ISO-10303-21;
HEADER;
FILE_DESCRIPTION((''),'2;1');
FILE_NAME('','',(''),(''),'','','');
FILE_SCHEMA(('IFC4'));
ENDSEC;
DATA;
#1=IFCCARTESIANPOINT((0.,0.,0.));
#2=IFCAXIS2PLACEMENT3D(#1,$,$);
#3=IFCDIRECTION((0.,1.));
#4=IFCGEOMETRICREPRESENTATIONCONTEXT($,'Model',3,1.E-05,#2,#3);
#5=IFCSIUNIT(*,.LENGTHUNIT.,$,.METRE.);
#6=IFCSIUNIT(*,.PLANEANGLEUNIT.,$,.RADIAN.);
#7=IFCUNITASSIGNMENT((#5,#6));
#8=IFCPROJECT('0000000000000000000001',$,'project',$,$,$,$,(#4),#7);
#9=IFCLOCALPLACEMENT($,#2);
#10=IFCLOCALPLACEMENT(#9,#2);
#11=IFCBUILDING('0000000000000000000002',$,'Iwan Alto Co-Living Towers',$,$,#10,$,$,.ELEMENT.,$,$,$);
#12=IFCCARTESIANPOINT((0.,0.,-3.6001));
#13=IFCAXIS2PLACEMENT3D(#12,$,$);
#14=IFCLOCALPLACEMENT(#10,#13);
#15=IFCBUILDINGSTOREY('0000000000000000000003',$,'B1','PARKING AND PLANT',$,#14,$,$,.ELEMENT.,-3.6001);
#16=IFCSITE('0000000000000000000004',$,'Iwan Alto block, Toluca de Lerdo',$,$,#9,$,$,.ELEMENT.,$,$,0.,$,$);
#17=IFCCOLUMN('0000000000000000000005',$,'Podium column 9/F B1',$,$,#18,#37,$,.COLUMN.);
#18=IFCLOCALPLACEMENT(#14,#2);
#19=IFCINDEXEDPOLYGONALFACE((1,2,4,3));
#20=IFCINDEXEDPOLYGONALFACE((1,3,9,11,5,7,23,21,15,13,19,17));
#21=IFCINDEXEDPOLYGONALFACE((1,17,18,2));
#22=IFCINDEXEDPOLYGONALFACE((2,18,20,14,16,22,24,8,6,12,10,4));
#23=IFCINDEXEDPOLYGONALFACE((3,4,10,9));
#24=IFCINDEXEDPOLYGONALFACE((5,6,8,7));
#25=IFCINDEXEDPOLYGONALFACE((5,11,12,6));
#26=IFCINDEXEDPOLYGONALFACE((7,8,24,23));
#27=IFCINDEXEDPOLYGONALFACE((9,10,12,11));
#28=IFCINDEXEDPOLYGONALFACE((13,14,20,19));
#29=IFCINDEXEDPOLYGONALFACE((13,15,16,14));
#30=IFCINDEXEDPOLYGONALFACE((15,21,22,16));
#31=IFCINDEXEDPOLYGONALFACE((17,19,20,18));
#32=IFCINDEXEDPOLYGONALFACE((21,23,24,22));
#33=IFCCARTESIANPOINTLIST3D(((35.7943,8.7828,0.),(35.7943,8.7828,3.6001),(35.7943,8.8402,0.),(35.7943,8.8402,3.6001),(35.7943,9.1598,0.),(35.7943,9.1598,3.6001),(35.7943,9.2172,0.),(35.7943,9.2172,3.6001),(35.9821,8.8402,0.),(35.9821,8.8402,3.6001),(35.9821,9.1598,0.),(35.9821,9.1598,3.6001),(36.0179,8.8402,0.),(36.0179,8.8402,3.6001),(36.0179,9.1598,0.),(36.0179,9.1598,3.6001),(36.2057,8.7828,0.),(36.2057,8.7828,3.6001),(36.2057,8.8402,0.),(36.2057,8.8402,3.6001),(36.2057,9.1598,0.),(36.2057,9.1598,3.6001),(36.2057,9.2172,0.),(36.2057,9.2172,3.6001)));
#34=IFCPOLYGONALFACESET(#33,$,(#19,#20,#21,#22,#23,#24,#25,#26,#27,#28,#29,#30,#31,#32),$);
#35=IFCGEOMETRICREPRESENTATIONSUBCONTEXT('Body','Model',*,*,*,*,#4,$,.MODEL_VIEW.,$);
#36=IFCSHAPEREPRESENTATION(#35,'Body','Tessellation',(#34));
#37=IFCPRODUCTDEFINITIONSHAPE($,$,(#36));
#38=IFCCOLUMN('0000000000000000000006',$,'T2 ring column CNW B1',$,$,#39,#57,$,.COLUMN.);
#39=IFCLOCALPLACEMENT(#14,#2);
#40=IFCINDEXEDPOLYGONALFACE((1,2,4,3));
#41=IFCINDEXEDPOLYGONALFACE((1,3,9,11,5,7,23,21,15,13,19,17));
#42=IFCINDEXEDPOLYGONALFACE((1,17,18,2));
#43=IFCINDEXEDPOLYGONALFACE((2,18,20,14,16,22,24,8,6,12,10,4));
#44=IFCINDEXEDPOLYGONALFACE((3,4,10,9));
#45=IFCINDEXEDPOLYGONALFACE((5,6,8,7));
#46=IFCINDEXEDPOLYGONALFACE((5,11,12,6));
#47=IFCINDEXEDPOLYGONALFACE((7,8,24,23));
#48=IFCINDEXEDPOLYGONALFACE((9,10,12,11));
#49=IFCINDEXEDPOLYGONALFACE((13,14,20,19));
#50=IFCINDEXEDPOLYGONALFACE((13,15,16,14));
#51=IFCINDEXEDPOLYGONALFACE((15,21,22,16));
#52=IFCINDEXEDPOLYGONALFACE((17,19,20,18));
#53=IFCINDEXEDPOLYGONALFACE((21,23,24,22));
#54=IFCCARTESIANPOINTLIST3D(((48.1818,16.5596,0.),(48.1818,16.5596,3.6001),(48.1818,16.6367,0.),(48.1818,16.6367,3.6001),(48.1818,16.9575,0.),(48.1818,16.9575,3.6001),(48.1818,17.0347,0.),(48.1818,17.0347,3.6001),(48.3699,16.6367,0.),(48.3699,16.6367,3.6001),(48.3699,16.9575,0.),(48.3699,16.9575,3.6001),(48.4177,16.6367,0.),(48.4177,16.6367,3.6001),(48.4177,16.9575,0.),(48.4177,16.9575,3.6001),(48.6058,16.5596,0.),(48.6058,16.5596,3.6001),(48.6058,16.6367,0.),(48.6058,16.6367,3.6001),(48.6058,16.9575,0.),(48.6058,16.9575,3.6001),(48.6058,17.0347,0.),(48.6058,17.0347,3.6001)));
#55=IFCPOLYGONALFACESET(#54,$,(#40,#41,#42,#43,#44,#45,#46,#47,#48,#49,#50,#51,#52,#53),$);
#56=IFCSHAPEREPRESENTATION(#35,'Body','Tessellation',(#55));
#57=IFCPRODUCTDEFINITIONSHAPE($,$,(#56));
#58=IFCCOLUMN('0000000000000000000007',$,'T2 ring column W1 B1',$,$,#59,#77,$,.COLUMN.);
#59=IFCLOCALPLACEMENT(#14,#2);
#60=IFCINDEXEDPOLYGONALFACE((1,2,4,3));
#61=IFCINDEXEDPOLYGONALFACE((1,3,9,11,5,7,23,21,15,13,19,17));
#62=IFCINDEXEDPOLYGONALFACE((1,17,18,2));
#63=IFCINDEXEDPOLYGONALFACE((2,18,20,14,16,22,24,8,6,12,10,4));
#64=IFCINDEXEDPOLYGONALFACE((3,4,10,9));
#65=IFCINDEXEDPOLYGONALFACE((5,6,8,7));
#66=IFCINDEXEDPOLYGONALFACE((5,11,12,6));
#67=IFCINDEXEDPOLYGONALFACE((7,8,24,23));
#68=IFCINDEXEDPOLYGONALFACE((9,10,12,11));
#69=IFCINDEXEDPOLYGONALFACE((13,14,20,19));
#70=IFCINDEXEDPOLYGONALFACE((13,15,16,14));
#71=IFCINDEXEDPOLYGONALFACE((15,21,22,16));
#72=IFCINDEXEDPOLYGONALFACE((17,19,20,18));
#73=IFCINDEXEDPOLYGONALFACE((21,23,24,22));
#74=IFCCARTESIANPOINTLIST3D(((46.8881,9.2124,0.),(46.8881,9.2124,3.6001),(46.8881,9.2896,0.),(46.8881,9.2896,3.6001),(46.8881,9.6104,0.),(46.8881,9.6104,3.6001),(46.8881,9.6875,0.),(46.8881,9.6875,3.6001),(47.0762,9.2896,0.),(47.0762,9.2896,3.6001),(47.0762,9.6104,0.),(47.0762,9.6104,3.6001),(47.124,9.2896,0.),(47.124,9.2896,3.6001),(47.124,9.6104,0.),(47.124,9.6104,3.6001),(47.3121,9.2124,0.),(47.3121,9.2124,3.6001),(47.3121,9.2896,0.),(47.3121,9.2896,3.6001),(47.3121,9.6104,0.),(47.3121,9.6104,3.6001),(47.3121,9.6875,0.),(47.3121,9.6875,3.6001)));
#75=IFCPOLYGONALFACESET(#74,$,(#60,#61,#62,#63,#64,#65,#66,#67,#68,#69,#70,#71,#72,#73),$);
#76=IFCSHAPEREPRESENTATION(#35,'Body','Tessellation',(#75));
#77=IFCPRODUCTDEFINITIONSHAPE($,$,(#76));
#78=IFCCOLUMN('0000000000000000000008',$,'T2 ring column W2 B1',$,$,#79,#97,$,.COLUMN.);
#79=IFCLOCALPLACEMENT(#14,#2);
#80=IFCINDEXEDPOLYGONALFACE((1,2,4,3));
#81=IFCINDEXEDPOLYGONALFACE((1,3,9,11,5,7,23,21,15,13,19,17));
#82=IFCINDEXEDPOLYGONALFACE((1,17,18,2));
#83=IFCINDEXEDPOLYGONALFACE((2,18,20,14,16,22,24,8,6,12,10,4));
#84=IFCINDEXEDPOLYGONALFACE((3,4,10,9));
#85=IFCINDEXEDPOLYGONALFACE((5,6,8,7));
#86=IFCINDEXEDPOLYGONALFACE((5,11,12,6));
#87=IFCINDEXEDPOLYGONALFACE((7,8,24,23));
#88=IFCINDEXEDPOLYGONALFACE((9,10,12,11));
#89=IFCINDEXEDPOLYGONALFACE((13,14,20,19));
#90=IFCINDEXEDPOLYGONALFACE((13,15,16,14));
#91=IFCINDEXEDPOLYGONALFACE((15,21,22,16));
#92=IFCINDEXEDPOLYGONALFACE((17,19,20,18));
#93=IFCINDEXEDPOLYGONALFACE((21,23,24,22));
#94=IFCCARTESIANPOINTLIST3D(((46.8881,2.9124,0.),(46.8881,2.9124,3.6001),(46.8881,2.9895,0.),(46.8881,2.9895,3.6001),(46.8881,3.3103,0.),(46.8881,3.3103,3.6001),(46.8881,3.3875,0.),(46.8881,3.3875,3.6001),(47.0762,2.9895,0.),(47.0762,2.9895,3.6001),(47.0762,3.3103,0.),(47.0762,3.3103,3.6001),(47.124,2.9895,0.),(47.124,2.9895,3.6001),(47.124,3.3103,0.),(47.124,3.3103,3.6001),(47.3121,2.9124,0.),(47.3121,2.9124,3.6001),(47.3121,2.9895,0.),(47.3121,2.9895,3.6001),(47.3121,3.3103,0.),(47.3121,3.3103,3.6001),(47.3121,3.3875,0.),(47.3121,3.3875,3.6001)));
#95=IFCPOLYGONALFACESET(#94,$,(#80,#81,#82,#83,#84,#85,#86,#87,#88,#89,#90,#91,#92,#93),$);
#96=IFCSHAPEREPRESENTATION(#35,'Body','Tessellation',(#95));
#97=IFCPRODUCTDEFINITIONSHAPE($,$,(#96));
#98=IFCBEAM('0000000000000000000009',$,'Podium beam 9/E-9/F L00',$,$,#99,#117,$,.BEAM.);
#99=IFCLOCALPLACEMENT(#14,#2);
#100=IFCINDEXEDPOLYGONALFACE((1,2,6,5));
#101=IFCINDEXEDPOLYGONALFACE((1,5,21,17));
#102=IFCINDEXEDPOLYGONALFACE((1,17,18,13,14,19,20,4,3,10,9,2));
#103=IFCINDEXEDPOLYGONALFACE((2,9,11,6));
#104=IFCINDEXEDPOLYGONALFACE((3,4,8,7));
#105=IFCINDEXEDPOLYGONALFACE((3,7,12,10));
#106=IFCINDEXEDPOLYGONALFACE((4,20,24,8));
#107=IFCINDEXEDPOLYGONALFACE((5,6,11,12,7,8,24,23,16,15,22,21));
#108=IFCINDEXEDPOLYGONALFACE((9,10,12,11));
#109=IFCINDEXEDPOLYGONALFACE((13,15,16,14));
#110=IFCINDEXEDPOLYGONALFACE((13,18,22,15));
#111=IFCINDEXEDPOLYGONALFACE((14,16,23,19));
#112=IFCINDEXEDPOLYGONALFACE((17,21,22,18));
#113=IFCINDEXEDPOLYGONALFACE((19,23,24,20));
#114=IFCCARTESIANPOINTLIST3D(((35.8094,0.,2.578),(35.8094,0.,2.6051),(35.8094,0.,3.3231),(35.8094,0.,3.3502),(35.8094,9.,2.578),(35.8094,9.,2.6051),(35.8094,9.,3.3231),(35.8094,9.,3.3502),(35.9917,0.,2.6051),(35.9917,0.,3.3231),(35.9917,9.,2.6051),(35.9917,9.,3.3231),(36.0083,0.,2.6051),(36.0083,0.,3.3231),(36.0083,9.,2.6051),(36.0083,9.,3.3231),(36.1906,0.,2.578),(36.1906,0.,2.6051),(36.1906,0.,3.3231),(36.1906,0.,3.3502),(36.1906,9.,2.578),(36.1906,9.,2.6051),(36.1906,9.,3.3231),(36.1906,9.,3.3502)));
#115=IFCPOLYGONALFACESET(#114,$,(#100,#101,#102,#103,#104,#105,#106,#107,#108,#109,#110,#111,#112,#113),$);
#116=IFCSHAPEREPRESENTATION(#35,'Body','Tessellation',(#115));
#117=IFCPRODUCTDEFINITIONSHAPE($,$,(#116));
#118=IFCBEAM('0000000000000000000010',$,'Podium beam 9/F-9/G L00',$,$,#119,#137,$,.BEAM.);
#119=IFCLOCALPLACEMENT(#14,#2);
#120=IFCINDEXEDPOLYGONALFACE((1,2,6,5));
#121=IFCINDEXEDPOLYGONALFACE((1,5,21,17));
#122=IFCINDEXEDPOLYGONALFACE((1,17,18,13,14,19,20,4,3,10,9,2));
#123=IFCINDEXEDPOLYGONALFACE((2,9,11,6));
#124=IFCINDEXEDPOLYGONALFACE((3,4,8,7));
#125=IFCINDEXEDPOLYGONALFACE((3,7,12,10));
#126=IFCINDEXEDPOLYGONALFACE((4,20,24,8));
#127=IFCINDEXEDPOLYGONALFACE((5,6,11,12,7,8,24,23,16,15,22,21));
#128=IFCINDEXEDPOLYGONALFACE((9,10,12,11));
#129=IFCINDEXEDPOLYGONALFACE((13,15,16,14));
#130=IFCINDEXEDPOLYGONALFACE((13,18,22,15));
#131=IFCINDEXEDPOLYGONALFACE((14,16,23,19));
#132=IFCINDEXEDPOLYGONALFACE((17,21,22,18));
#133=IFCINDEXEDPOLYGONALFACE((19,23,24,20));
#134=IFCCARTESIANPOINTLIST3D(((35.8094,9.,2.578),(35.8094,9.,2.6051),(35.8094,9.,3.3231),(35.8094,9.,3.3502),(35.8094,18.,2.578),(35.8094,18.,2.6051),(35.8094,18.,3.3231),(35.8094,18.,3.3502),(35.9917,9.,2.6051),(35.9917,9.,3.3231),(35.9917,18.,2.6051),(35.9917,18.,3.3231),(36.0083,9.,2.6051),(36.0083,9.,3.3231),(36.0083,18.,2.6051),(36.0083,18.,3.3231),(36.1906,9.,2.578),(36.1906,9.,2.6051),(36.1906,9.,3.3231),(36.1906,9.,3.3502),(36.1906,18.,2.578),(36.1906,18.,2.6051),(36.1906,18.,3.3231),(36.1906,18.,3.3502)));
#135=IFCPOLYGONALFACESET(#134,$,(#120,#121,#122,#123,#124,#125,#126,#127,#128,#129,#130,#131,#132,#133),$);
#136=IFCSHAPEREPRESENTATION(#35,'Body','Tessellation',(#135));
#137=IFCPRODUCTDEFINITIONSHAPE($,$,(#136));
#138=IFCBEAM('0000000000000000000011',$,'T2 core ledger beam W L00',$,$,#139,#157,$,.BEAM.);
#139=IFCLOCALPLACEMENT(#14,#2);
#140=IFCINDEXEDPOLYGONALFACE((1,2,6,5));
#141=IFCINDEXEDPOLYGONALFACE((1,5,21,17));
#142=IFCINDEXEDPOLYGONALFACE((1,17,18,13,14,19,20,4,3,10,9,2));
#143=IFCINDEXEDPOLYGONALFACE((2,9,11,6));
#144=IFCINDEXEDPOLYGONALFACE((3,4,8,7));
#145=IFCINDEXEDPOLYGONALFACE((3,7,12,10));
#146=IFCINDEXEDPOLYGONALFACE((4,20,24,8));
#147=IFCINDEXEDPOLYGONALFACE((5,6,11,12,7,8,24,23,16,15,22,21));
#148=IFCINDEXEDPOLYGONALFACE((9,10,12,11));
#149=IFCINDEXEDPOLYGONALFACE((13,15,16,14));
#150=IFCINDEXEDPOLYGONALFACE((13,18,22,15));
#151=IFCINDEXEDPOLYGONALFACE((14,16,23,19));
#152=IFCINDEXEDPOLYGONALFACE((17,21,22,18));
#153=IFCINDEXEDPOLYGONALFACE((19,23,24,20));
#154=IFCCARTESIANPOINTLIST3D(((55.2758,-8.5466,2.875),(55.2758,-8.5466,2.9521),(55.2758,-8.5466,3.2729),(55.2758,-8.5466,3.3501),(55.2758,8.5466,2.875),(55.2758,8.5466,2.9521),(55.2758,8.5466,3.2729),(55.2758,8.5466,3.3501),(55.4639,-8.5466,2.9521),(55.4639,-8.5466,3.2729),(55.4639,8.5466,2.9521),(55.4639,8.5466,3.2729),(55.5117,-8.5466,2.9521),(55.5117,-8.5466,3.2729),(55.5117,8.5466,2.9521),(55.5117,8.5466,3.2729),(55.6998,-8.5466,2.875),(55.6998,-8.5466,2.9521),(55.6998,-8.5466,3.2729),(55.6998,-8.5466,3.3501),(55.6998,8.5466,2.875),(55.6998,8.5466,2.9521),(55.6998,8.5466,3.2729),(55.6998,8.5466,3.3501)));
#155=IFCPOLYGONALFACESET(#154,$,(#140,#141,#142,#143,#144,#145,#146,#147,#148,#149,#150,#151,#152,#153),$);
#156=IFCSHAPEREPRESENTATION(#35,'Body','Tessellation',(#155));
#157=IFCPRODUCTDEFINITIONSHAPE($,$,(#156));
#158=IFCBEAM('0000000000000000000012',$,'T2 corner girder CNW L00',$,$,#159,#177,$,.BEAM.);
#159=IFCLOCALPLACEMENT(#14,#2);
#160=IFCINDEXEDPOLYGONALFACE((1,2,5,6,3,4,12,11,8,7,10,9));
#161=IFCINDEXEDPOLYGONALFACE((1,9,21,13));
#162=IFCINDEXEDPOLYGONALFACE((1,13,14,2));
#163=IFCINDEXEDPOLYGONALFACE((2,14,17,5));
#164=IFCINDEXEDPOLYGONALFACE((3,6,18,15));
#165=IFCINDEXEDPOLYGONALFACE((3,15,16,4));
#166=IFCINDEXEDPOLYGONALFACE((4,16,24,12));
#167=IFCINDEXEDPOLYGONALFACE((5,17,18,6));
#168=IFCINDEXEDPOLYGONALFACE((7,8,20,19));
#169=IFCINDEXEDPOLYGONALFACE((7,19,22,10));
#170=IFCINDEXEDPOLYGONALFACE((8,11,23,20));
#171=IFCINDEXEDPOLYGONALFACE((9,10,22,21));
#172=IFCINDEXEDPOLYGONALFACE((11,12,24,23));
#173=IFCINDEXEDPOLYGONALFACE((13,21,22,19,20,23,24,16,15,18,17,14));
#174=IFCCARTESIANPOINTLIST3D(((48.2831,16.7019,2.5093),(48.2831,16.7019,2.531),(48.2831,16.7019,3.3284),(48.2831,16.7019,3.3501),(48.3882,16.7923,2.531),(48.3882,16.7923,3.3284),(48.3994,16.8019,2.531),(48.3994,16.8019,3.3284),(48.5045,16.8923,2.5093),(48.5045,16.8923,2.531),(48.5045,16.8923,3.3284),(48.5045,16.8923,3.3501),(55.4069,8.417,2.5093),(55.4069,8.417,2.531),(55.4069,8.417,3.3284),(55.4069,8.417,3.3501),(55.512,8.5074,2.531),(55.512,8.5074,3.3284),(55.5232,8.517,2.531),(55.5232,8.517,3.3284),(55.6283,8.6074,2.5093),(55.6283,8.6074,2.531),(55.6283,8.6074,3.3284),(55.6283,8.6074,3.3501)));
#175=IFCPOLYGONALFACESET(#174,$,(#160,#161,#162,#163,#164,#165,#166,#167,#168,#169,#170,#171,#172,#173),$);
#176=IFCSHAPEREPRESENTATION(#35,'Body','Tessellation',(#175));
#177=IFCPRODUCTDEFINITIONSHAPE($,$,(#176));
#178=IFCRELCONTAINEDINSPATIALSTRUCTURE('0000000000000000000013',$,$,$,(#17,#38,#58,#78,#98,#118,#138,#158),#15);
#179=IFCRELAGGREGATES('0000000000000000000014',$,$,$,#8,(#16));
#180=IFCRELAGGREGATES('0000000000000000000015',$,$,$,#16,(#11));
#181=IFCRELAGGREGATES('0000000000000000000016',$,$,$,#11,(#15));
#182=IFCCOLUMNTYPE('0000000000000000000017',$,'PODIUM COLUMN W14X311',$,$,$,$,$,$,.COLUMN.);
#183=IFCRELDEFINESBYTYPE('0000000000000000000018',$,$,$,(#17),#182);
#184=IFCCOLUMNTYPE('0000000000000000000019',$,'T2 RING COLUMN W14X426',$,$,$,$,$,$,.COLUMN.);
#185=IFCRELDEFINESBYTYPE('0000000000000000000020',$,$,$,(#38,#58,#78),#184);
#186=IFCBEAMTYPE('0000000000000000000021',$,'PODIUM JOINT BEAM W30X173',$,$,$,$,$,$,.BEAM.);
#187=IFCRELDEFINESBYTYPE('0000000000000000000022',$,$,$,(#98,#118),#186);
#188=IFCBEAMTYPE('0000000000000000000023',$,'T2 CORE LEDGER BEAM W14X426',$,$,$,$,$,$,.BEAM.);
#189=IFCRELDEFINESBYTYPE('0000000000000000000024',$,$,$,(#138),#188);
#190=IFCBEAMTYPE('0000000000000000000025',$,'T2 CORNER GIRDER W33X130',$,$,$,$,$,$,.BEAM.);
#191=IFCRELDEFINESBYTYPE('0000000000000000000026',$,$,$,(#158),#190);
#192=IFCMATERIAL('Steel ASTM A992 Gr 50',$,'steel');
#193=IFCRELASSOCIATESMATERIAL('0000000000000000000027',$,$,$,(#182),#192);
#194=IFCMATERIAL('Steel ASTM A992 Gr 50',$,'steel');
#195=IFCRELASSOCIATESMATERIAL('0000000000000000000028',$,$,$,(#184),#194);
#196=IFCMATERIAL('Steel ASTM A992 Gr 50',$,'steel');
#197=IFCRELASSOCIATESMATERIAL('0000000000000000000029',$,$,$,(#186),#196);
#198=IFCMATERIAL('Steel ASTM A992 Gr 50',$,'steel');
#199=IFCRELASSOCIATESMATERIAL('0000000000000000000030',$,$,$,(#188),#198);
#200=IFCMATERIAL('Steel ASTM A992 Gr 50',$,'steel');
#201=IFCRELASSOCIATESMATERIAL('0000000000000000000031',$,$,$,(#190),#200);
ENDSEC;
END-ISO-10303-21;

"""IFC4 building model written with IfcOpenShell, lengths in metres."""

from ifc_helpers import new_model, si_unit, direction, frame, origin, origin_2d, place, context, subcontext, project, spatial, i_section, extrude, material, material_profile, profile_set, type_object, element, save


model = new_model("IFC4")

# Units and contexts
model_context = context("Model", 3, precision=1e-05, world=origin(), true_north=direction((0.0, 1.0)))
body_context = subcontext(model_context, "Body", "Model", "MODEL_VIEW")
ifc_project = project(units=[si_unit("LENGTHUNIT", "METRE"), si_unit("PLANEANGLEUNIT", "RADIAN")], contexts=[model_context])

# Site, building, storey
site_placement = place(None, origin())
site = spatial("IfcSite", under=ifc_project, at=site_placement, Name="Iwan Alto block, Toluca de Lerdo", CompositionType="ELEMENT", RefElevation=0.0)
building_placement = place(site_placement, origin())
building = spatial("IfcBuilding", under=site, at=building_placement, Name="Iwan Alto Co-Living Towers", CompositionType="ELEMENT")
storey_placement = place(building_placement, frame((0.0, 0.0, -3.6001)))
storey = spatial("IfcBuildingStorey", under=building, at=storey_placement, Name="B1", Description="PARKING AND PLANT", CompositionType="ELEMENT", Elevation=-3.6001)

# Columns
ifc_material_1 = material(Name="Steel ASTM A992 Gr 50", Category="steel")
ifc_material_profile_1 = material_profile(ifc_material_1, i_section(OverallWidth=0.4114, OverallDepth=0.4343, WebThickness=0.0359, FlangeThickness=0.0574, at=origin_2d()), Name="W14X311")
ifc_profile_set_1 = profile_set([ifc_material_profile_1], Name="Steel ASTM A992 Gr 50")
column_type_1 = type_object("IfcColumnType", Name="PODIUM COLUMN W14X311", PredefinedType="COLUMN", material=ifc_profile_set_1)
column_placement = place(storey_placement, frame((36.0, 9.0, 0.0), z_axis=(0.0, 0.0, 1.0), x_axis=(1.0, 0.0, 0.0)))
element("IfcColumn", 1, at=column_placement, inside=storey, type_object=column_type_1, Name="Podium column 9/F B1", PredefinedType="COLUMN", context=body_context, shape_type="SweptSolid", body=[
    extrude(i_section(OverallWidth=0.4114, OverallDepth=0.4343, WebThickness=0.0359, FlangeThickness=0.0574, at=origin_2d()), origin(), (0.0, 0.0, 1.0), 3.6001),
])
ifc_material_2 = material(Name="Steel ASTM A992 Gr 50", Category="steel")
ifc_material_profile_2 = material_profile(ifc_material_2, i_section(OverallWidth=0.4241, OverallDepth=0.4751, WebThickness=0.0479, FlangeThickness=0.0771, at=origin_2d()), Name="W14X426")
ifc_profile_set_2 = profile_set([ifc_material_profile_2], Name="Steel ASTM A992 Gr 50")
column_type_2 = type_object("IfcColumnType", Name="T2 RING COLUMN W14X426", PredefinedType="COLUMN", material=ifc_profile_set_2)
for number, where, z_axis, x_axis, name in (
    (2, (48.3938, 16.7971, 0.0), (0.0, 0.0, 1.0), (1.0, 0.0, 0.0), "T2 ring column CNW B1"),
    (3, (47.1001, 9.45, 0.0), (0.0, 0.0, 1.0), (1.0, 0.0, 0.0), "T2 ring column W1 B1"),
    (4, (47.1001, 3.1499, 0.0), (0.0, 0.0, 1.0), (1.0, 0.0, 0.0), "T2 ring column W2 B1"),
):
    element("IfcColumn", number, at=place(storey_placement, frame(where, z_axis=z_axis, x_axis=x_axis)), inside=storey, type_object=column_type_2, Name=name, PredefinedType="COLUMN", context=body_context, shape_type="SweptSolid", body=[
        extrude(i_section(OverallWidth=0.4241, OverallDepth=0.4751, WebThickness=0.0479, FlangeThickness=0.0771, at=origin_2d()), origin(), (0.0, 0.0, 1.0), 3.6001),
    ])

# Beams
ifc_material_3 = material(Name="Steel ASTM A992 Gr 50", Category="steel")
ifc_material_profile_3 = material_profile(ifc_material_3, i_section(OverallWidth=0.3811, OverallDepth=0.7722, WebThickness=0.0166, FlangeThickness=0.0271, at=origin_2d()), Name="W30X173")
ifc_profile_set_3 = profile_set([ifc_material_profile_3], Name="Steel ASTM A992 Gr 50")
beam_type_1 = type_object("IfcBeamType", Name="PODIUM JOINT BEAM W30X173", PredefinedType="BEAM", material=ifc_profile_set_3)
for number, where, z_axis, x_axis, name in (
    (5, (36.0, 0.0, 2.9641), (0.0, 1.0, 0.0), (-1.0, 0.0, 0.0), "Podium beam 9/E-9/F L00"),
    (6, (36.0, 9.0, 2.9641), (0.0, 1.0, 0.0), (-1.0, 0.0, 0.0), "Podium beam 9/F-9/G L00"),
):
    element("IfcBeam", number, at=place(storey_placement, frame(where, z_axis=z_axis, x_axis=x_axis)), inside=storey, type_object=beam_type_1, Name=name, PredefinedType="BEAM", context=body_context, shape_type="SweptSolid", body=[
        extrude(i_section(OverallWidth=0.3811, OverallDepth=0.7722, WebThickness=0.0166, FlangeThickness=0.0271, at=origin_2d()), origin(), (0.0, 0.0, 1.0), 9.0),
    ])
ifc_material_4 = material(Name="Steel ASTM A992 Gr 50", Category="steel")
ifc_material_profile_4 = material_profile(ifc_material_4, i_section(OverallWidth=0.4241, OverallDepth=0.4751, WebThickness=0.0479, FlangeThickness=0.0771, at=origin_2d()), Name="W14X426")
ifc_profile_set_4 = profile_set([ifc_material_profile_4], Name="Steel ASTM A992 Gr 50")
beam_type_2 = type_object("IfcBeamType", Name="T2 CORE LEDGER BEAM W14X426", PredefinedType="BEAM", material=ifc_profile_set_4)
beam_1_placement = place(storey_placement, frame((55.4878, 8.5466, 3.1125), z_axis=(0.0, -1.0, 0.0), x_axis=(1.0, 0.0, 0.0)))
element("IfcBeam", 7, at=beam_1_placement, inside=storey, type_object=beam_type_2, Name="T2 core ledger beam W L00", PredefinedType="BEAM", context=body_context, shape_type="SweptSolid", body=[
    extrude(i_section(OverallWidth=0.4241, OverallDepth=0.4751, WebThickness=0.0479, FlangeThickness=0.0771, at=origin_2d()), origin(), (0.0, 0.0, 1.0), 17.0933),
])
ifc_material_5 = material(Name="Steel ASTM A992 Gr 50", Category="steel")
ifc_material_profile_5 = material_profile(ifc_material_5, i_section(OverallWidth=0.292, OverallDepth=0.8408, WebThickness=0.0146, FlangeThickness=0.0217, at=origin_2d()), Name="W33X130")
ifc_profile_set_5 = profile_set([ifc_material_profile_5], Name="Steel ASTM A992 Gr 50")
beam_type_3 = type_object("IfcBeamType", Name="T2 CORNER GIRDER W33X130", PredefinedType="BEAM", material=ifc_profile_set_5)
beam_2_placement = place(storey_placement, frame((48.3938, 16.7971, 2.9297), z_axis=(0.651974, -0.758242, 0.0), x_axis=(0.758242, 0.651974, 0.0)))
element("IfcBeam", 8, at=beam_2_placement, inside=storey, type_object=beam_type_3, Name="T2 corner girder CNW L00", PredefinedType="BEAM", context=body_context, shape_type="SweptSolid", body=[
    extrude(i_section(OverallWidth=0.292, OverallDepth=0.8408, WebThickness=0.0146, FlangeThickness=0.0217, at=origin_2d()), origin(), (0.0, 0.0, 1.0), 10.9265),
])

save(model, "model.ifc")
